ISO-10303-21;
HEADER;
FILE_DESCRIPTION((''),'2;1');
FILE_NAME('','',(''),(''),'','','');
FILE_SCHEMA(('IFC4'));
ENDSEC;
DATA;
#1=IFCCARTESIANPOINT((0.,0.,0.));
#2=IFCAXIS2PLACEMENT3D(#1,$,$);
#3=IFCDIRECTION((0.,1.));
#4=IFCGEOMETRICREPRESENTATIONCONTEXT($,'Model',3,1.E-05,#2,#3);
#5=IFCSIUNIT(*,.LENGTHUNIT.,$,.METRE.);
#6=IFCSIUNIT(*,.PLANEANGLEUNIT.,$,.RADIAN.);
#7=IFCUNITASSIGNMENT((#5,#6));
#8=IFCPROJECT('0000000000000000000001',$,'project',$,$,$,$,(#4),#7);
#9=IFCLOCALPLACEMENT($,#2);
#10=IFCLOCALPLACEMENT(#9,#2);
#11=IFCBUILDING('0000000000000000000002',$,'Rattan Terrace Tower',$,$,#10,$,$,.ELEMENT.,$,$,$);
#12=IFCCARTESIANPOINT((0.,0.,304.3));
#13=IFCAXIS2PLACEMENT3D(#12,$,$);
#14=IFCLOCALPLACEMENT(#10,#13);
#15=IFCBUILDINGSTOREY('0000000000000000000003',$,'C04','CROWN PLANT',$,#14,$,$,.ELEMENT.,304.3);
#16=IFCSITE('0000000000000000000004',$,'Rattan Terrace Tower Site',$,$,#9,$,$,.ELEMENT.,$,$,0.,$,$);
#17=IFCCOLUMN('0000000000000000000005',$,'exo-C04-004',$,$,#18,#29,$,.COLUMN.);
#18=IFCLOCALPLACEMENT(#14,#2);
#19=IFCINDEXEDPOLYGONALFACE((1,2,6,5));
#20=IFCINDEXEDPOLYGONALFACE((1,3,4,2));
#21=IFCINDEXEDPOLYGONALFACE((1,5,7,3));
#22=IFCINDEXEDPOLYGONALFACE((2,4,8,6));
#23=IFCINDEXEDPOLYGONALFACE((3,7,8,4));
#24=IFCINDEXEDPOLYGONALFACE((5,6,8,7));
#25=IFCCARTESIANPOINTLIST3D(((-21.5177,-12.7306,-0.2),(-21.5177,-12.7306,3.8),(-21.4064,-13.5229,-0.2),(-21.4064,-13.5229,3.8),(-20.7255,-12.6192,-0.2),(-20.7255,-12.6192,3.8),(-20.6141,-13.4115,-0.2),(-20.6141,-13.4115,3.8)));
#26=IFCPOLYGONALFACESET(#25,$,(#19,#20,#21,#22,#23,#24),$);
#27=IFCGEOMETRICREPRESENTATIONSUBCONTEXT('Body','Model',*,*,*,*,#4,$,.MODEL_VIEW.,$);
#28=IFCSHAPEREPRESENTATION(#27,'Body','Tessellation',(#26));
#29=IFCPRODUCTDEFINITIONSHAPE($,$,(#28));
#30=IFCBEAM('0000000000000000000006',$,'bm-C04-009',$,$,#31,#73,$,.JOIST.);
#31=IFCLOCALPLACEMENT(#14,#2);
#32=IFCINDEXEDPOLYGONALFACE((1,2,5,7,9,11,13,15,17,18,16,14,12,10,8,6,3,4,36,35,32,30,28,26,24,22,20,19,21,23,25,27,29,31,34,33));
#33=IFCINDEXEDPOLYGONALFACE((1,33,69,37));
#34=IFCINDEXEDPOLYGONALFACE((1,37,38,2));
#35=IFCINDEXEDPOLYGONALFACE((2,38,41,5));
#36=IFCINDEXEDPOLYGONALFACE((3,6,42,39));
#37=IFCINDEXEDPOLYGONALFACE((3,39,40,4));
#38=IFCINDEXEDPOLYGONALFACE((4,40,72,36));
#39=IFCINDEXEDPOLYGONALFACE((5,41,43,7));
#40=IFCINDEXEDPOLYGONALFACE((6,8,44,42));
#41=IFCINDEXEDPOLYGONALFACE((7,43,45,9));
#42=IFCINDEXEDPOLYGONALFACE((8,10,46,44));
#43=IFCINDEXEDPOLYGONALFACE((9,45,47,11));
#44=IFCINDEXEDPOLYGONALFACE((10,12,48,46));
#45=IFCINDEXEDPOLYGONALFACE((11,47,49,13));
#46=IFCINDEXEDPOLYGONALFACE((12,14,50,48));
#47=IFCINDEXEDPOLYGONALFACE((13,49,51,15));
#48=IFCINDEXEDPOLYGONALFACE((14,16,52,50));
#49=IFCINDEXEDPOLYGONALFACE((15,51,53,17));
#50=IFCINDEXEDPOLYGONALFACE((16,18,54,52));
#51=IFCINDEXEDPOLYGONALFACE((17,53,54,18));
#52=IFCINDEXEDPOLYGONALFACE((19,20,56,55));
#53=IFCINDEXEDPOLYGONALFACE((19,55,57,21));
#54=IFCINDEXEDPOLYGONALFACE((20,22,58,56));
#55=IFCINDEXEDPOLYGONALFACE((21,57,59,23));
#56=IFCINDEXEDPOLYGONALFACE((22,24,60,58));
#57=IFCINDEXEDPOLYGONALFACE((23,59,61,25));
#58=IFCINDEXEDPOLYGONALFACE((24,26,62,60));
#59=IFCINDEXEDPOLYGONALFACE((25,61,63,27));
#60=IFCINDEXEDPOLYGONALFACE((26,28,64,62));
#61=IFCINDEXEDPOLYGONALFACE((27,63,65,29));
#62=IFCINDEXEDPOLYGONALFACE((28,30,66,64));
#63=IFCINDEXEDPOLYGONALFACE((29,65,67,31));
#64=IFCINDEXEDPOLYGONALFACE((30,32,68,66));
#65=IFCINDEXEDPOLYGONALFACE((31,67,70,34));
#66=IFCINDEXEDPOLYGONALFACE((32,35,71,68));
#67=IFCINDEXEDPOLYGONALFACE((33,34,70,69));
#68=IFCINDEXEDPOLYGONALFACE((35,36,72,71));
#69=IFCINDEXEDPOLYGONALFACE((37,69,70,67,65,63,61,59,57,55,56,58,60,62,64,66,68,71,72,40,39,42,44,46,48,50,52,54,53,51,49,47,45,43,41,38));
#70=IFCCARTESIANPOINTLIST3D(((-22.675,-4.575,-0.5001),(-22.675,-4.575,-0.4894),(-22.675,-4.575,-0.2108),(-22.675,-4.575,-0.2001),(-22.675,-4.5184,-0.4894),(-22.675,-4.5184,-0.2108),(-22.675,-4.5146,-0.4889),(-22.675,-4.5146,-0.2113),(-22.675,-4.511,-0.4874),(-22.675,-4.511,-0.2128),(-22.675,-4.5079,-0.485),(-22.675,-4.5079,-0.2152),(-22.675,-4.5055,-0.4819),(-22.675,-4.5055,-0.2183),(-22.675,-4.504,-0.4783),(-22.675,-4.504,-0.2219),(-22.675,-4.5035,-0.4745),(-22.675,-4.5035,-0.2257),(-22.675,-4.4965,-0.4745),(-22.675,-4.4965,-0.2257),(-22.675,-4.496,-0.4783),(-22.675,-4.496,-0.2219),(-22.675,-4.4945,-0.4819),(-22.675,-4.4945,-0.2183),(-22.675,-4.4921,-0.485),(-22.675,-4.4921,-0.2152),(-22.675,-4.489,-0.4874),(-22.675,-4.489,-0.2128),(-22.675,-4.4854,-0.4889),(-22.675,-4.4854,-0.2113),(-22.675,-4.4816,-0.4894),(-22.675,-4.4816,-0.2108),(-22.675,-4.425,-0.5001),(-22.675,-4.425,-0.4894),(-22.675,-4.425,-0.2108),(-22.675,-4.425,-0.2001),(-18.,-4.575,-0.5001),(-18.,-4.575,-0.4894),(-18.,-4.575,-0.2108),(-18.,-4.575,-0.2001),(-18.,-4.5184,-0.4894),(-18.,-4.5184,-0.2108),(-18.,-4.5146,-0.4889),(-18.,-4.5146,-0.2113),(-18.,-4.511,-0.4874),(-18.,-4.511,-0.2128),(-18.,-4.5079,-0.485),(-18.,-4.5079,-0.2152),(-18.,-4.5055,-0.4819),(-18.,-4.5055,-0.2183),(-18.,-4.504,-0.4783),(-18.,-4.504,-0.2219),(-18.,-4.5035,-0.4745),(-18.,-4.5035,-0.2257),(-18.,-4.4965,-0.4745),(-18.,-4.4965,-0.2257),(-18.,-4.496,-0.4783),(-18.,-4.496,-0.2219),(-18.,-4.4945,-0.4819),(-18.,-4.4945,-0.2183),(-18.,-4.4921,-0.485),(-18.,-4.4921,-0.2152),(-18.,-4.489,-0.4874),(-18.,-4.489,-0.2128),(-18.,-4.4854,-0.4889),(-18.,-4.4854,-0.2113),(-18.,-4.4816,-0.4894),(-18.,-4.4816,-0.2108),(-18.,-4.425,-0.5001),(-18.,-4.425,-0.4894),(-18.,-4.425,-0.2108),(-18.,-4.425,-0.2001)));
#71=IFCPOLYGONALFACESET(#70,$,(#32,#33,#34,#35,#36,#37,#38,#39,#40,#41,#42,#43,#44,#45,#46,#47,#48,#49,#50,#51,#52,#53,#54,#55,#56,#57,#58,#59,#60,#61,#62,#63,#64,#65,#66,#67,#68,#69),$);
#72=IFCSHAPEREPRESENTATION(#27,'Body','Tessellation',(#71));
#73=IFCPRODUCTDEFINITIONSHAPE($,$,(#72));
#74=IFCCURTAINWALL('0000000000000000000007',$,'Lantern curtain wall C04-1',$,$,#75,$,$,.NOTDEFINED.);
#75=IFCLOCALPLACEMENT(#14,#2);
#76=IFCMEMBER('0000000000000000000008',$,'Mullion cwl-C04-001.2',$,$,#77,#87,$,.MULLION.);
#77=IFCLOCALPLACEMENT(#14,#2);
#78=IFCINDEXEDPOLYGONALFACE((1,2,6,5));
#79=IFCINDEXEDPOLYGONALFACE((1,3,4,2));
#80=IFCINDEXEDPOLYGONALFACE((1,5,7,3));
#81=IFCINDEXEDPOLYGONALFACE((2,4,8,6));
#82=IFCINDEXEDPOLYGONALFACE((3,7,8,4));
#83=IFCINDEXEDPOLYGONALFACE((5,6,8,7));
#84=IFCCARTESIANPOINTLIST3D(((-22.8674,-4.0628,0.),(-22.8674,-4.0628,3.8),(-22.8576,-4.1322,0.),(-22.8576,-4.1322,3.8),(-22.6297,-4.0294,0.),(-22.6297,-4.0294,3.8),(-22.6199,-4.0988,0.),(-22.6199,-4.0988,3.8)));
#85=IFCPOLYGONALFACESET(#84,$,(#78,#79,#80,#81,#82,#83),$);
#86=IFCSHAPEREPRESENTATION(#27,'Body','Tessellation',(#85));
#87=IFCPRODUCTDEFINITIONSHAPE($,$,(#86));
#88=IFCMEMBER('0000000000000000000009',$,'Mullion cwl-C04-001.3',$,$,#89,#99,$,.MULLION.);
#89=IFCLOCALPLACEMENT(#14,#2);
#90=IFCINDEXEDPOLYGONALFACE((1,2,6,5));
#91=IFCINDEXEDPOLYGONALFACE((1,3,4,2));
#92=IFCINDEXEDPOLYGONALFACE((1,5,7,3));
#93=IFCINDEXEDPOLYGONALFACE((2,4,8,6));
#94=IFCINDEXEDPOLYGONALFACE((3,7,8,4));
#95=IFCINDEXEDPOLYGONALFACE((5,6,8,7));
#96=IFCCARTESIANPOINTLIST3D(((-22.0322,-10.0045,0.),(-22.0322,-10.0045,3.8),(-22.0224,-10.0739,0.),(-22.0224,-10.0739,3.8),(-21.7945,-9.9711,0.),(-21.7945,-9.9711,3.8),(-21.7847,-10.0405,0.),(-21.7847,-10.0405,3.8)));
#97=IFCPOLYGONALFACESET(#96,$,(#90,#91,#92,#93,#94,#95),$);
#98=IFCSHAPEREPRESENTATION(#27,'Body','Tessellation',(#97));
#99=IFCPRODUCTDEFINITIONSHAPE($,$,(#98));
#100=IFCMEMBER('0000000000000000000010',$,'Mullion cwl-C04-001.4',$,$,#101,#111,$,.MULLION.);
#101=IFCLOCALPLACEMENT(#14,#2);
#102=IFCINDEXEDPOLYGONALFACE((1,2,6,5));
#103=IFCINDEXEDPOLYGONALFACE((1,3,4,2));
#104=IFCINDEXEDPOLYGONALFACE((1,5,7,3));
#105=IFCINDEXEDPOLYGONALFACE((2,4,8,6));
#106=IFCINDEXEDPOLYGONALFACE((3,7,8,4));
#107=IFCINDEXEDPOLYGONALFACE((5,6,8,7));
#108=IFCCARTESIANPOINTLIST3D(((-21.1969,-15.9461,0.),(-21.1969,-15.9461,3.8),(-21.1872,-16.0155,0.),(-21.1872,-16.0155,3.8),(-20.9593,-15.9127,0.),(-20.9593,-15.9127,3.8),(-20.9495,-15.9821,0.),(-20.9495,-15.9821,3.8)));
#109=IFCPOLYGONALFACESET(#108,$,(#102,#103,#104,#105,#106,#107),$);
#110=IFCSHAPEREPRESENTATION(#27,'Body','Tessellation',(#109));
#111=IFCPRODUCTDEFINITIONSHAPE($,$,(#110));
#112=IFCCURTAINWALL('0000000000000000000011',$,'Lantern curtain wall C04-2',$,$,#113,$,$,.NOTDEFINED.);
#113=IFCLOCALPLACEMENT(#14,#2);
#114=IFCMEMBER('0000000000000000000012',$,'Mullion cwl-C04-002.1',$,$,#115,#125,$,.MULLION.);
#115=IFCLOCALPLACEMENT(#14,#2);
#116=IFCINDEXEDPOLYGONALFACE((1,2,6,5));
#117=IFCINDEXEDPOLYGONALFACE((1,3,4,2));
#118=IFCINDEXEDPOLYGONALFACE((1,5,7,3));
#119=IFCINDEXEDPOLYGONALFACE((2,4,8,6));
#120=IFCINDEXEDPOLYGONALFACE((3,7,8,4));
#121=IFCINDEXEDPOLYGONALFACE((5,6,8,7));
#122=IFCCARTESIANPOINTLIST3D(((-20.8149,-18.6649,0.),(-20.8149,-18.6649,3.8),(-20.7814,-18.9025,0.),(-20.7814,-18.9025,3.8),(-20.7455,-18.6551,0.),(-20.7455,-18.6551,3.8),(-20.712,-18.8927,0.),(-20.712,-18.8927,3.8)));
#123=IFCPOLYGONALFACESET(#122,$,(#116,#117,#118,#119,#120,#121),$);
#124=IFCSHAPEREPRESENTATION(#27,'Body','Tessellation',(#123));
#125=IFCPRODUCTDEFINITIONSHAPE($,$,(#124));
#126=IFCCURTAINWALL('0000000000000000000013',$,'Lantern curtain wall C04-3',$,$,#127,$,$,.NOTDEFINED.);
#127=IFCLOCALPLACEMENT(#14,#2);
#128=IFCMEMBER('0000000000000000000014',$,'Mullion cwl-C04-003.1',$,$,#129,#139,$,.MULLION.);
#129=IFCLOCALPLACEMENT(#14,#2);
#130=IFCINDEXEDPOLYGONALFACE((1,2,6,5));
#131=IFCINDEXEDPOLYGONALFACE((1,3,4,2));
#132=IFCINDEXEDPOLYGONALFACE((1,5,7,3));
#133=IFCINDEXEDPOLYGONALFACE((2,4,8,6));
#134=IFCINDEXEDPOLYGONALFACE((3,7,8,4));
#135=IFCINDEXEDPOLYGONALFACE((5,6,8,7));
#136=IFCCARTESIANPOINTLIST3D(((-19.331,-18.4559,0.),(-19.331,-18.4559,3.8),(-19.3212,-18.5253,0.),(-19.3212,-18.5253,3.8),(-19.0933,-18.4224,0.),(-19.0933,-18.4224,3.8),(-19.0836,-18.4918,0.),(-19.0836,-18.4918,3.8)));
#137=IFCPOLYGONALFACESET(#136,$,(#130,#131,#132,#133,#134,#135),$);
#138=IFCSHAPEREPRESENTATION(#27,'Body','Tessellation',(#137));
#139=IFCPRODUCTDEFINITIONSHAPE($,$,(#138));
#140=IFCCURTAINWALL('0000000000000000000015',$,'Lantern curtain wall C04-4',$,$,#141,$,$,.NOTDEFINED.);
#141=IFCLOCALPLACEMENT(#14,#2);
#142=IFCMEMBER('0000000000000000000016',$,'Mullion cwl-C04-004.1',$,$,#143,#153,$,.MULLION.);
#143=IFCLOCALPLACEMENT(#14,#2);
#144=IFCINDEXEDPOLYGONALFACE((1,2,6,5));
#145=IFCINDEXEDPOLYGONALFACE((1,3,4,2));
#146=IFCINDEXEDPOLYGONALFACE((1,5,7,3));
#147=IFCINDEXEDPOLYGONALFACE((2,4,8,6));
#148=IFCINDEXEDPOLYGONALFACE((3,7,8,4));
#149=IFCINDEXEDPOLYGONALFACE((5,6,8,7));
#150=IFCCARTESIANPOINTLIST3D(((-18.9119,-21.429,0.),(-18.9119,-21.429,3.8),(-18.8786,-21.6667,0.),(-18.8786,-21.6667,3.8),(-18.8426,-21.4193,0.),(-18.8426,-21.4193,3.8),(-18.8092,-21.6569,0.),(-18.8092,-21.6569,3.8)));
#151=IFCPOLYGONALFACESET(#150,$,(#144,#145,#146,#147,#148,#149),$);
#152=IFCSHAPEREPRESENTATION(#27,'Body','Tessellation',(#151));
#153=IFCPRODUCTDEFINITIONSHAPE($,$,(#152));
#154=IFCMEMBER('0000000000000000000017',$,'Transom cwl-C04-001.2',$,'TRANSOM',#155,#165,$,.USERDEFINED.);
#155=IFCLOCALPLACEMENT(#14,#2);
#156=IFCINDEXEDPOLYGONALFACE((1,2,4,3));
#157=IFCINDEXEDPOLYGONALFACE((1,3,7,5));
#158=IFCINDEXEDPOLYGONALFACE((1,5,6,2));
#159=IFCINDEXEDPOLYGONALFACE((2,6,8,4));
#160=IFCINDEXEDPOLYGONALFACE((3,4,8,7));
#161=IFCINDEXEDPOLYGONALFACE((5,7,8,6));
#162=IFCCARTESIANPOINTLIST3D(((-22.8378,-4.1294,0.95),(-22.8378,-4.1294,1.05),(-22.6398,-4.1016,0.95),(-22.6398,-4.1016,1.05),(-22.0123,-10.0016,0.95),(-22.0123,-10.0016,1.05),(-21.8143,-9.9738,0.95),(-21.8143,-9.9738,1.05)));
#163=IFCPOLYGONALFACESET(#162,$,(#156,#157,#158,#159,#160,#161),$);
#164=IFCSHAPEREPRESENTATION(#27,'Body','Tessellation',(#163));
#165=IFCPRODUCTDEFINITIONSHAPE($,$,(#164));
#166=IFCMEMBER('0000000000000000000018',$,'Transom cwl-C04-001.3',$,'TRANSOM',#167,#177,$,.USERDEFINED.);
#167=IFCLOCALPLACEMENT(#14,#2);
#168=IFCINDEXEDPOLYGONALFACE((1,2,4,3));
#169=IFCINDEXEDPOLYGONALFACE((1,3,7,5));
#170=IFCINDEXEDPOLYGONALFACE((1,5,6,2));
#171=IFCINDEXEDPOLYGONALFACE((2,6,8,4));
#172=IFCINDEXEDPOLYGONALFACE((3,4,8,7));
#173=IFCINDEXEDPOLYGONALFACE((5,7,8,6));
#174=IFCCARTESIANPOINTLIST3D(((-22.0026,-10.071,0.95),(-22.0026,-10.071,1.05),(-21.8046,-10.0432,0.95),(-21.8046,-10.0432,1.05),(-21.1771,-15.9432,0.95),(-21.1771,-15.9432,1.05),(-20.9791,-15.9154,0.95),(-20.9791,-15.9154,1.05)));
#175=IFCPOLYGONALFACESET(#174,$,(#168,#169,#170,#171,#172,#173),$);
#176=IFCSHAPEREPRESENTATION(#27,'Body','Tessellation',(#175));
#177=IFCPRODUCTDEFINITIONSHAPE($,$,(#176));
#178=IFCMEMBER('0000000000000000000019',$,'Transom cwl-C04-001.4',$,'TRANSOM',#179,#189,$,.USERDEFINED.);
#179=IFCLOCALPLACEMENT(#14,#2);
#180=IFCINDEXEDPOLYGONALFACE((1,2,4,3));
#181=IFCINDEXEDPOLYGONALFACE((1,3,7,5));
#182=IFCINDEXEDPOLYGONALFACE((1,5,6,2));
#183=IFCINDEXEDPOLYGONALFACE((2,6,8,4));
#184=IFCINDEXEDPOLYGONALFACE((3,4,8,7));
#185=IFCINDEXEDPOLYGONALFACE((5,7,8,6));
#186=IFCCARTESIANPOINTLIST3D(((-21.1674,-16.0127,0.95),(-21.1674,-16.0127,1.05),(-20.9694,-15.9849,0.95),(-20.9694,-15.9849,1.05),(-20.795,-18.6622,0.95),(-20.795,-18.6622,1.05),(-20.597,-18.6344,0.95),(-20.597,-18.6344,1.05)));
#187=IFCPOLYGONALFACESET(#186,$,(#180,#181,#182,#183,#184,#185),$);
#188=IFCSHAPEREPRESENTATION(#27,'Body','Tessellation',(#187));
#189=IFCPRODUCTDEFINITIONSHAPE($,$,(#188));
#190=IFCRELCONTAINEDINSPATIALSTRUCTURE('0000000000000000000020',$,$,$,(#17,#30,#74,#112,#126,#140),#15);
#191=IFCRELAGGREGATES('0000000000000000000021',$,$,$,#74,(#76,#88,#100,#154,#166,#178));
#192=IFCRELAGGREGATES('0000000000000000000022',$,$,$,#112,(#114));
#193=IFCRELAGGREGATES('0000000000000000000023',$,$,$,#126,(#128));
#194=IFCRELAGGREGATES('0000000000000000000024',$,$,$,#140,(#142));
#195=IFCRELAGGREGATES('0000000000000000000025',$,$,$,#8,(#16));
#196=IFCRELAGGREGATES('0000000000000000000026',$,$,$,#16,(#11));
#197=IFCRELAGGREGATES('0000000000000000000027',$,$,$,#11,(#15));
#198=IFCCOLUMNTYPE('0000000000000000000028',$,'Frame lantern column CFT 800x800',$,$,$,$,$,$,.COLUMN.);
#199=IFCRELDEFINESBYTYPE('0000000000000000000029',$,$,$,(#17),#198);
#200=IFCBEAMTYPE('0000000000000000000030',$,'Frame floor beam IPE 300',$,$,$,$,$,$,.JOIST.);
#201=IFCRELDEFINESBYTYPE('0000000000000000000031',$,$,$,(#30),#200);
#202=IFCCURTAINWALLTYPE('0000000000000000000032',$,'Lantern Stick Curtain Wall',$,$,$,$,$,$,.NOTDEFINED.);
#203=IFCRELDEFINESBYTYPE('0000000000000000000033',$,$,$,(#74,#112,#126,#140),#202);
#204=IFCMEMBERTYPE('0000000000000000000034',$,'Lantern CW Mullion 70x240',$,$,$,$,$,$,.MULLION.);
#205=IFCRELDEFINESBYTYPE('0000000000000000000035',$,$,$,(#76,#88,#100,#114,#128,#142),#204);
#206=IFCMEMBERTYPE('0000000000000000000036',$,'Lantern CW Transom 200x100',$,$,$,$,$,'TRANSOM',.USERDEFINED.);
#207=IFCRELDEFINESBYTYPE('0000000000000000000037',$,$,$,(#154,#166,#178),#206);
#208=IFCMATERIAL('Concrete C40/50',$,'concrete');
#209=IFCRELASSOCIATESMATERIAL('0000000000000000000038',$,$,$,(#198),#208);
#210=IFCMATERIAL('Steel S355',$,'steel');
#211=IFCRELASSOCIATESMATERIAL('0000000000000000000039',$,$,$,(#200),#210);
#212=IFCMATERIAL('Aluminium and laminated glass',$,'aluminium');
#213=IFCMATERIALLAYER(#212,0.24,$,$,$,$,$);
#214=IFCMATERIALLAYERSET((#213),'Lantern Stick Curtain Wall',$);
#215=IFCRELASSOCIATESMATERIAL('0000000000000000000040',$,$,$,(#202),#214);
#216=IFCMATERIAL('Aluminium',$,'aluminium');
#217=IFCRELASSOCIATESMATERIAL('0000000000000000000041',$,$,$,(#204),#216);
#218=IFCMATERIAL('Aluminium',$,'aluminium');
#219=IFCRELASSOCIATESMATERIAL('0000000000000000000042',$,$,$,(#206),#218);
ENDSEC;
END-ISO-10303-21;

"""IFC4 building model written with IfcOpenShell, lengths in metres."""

from ifc_helpers import new_model, si_unit, direction, frame, origin, origin_2d, place, context, subcontext, project, spatial, rectangle, i_section, extrude, material, layer, layer_set, material_profile, profile_set, type_object, element, aggregate, save


model = new_model("IFC4")

# Units and contexts
model_context = context("Model", 3, precision=1e-05, world=origin(), true_north=direction((0.0, 1.0)))
body_context = subcontext(model_context, "Body", "Model", "MODEL_VIEW")
ifc_project = project(units=[si_unit("LENGTHUNIT", "METRE"), si_unit("PLANEANGLEUNIT", "RADIAN")], contexts=[model_context])

# Site, building, storey
site_placement = place(None, origin())
site = spatial("IfcSite", under=ifc_project, at=site_placement, Name="Rattan Terrace Tower Site", CompositionType="ELEMENT", RefElevation=0.0)
building_placement = place(site_placement, origin())
building = spatial("IfcBuilding", under=site, at=building_placement, Name="Rattan Terrace Tower", CompositionType="ELEMENT")
storey_placement = place(building_placement, frame((0.0, 0.0, 304.3)))
storey = spatial("IfcBuildingStorey", under=building, at=storey_placement, Name="C04", Description="CROWN PLANT", CompositionType="ELEMENT", Elevation=304.3)

# Column
ifc_material_1 = material(Name="Concrete C40/50", Category="concrete")
ifc_material_profile_1 = material_profile(ifc_material_1, rectangle(XDim=0.8, YDim=0.8, at=origin_2d()), Name="CFT 800x800")
ifc_profile_set_1 = profile_set([ifc_material_profile_1], Name="Concrete C40/50")
column_type = type_object("IfcColumnType", Name="Frame lantern column CFT 800x800", PredefinedType="COLUMN", material=ifc_profile_set_1)
column_placement = place(storey_placement, frame((-21.0659, -13.071, -0.2), z_axis=(0.0, 0.0, 1.0), x_axis=(-0.13919, 0.990266, 0.0)))
element("IfcColumn", 1, at=column_placement, inside=storey, type_object=column_type, Name="exo-C04-004", PredefinedType="COLUMN", context=body_context, shape_type="SweptSolid", body=[
    extrude(rectangle(XDim=0.8, YDim=0.8, at=origin_2d()), origin(), (0.0, 0.0, 1.0), 4.0),
])

# Beam
ifc_material_2 = material(Name="Steel S355", Category="steel")
ifc_material_profile_2 = material_profile(ifc_material_2, i_section(OverallWidth=0.1499, OverallDepth=0.3, WebThickness=0.0071, FlangeThickness=0.0107, FilletRadius=0.0149, at=origin_2d()), Name="IPE 300")
ifc_profile_set_2 = profile_set([ifc_material_profile_2], Name="Steel S355")
beam_type = type_object("IfcBeamType", Name="Frame floor beam IPE 300", PredefinedType="JOIST", material=ifc_profile_set_2)
beam_placement = place(storey_placement, frame((-22.675, -4.5, -0.3501), z_axis=(1.0, 0.0, 0.0), x_axis=(0.0, 1.0, 0.0)))
element("IfcBeam", 2, at=beam_placement, inside=storey, type_object=beam_type, Name="bm-C04-009", PredefinedType="JOIST", context=body_context, shape_type="SweptSolid", body=[
    extrude(i_section(OverallWidth=0.1499, OverallDepth=0.3, WebThickness=0.0071, FlangeThickness=0.0107, FilletRadius=0.0149, at=origin_2d()), origin(), (0.0, 0.0, 1.0), 4.675),
])

# Curtain wall, members
ifc_material_3 = material(Name="Aluminium and laminated glass", Category="aluminium")
ifc_layer_1 = layer(ifc_material_3, 0.24)
ifc_layer_set_1 = layer_set([ifc_layer_1], Name="Lantern Stick Curtain Wall")
curtain_wall_type = type_object("IfcCurtainWallType", Name="Lantern Stick Curtain Wall", PredefinedType="NOTDEFINED", material=ifc_layer_set_1)
curtain_wall_1_placement = place(storey_placement, origin())
curtain_wall_1 = element("IfcCurtainWall", 3, at=curtain_wall_1_placement, inside=storey, type_object=curtain_wall_type, Name="Lantern curtain wall C04-1", PredefinedType="NOTDEFINED")
ifc_material_4 = material(Name="Aluminium", Category="aluminium")
ifc_material_profile_3 = material_profile(ifc_material_4, rectangle(XDim=0.0701, YDim=0.24, at=origin_2d()), Name="Aluminium 70x240")
ifc_profile_set_3 = profile_set([ifc_material_profile_3], Name="Aluminium")
member_type_1 = type_object("IfcMemberType", Name="Lantern CW Mullion 70x240", PredefinedType="MULLION", material=ifc_profile_set_3)
member_1_placement = place(storey_placement, frame((-22.7437, -4.0808, 0.0), z_axis=(0.0, 0.0, 1.0), x_axis=(0.139188, -0.990266, 0.0)))
member_1 = element("IfcMember", 4, at=member_1_placement, type_object=member_type_1, Name="Mullion cwl-C04-001.2", PredefinedType="MULLION", context=body_context, shape_type="SweptSolid", body=[
    extrude(rectangle(XDim=0.0701, YDim=0.24, at=origin_2d()), origin(), (0.0, 0.0, 1.0), 3.8),
])
member_2_placement = place(storey_placement, frame((-21.9084, -10.0225, 0.0), z_axis=(0.0, 0.0, 1.0), x_axis=(0.139188, -0.990266, 0.0)))
member_2 = element("IfcMember", 5, at=member_2_placement, type_object=member_type_1, Name="Mullion cwl-C04-001.3", PredefinedType="MULLION", context=body_context, shape_type="SweptSolid", body=[
    extrude(rectangle(XDim=0.0701, YDim=0.24, at=origin_2d()), origin(), (0.0, 0.0, 1.0), 3.8),
])
member_3_placement = place(storey_placement, frame((-21.0732, -15.9641, 0.0), z_axis=(0.0, 0.0, 1.0), x_axis=(0.139188, -0.990266, 0.0)))
member_3 = element("IfcMember", 6, at=member_3_placement, type_object=member_type_1, Name="Mullion cwl-C04-001.4", PredefinedType="MULLION", context=body_context, shape_type="SweptSolid", body=[
    extrude(rectangle(XDim=0.0701, YDim=0.24, at=origin_2d()), origin(), (0.0, 0.0, 1.0), 3.8),
])

# Curtain walls, members
curtain_wall_2_placement = place(storey_placement, origin())
curtain_wall_2 = element("IfcCurtainWall", 7, at=curtain_wall_2_placement, inside=storey, type_object=curtain_wall_type, Name="Lantern curtain wall C04-2", PredefinedType="NOTDEFINED")
member_4_placement = place(storey_placement, frame((-20.7634, -18.7788, 0.0), z_axis=(0.0, 0.0, 1.0), x_axis=(0.990228, 0.139459, 0.0)))
member_4 = element("IfcMember", 8, at=member_4_placement, type_object=member_type_1, Name="Mullion cwl-C04-002.1", PredefinedType="MULLION", context=body_context, shape_type="SweptSolid", body=[
    extrude(rectangle(XDim=0.0701, YDim=0.24, at=origin_2d()), origin(), (0.0, 0.0, 1.0), 3.8),
])
curtain_wall_3_placement = place(storey_placement, origin())
curtain_wall_3 = element("IfcCurtainWall", 9, at=curtain_wall_3_placement, inside=storey, type_object=curtain_wall_type, Name="Lantern curtain wall C04-3", PredefinedType="NOTDEFINED")
member_5_placement = place(storey_placement, frame((-19.2073, -18.4739, 0.0), z_axis=(0.0, 0.0, 1.0), x_axis=(0.139556, -0.990214, 0.0)))
member_5 = element("IfcMember", 10, at=member_5_placement, type_object=member_type_1, Name="Mullion cwl-C04-003.1", PredefinedType="MULLION", context=body_context, shape_type="SweptSolid", body=[
    extrude(rectangle(XDim=0.0701, YDim=0.24, at=origin_2d()), origin(), (0.0, 0.0, 1.0), 3.8),
])
curtain_wall_4_placement = place(storey_placement, origin())
curtain_wall_4 = element("IfcCurtainWall", 11, at=curtain_wall_4_placement, inside=storey, type_object=curtain_wall_type, Name="Lantern curtain wall C04-4", PredefinedType="NOTDEFINED")
member_6_placement = place(storey_placement, frame((-18.8606, -21.543, 0.0), z_axis=(0.0, 0.0, 1.0), x_axis=(0.99032, 0.138805, 0.0)))
member_6 = element("IfcMember", 12, at=member_6_placement, type_object=member_type_1, Name="Mullion cwl-C04-004.1", PredefinedType="MULLION", context=body_context, shape_type="SweptSolid", body=[
    extrude(rectangle(XDim=0.0701, YDim=0.24, at=origin_2d()), origin(), (0.0, 0.0, 1.0), 3.8),
])

# Members
ifc_material_5 = material(Name="Aluminium", Category="aluminium")
ifc_material_profile_4 = material_profile(ifc_material_5, rectangle(XDim=0.2, YDim=0.1001, at=origin_2d()), Name="Aluminium 200x100")
ifc_profile_set_4 = profile_set([ifc_material_profile_4], Name="Aluminium")
member_type_2 = type_object("IfcMemberType", Name="Lantern CW Transom 200x100", ElementType="TRANSOM", PredefinedType="USERDEFINED", material=ifc_profile_set_4)
member_7_placement = place(storey_placement, frame((-22.7388, -4.1155, 1.0), z_axis=(0.139196, -0.990265, 0.0), x_axis=(0.990265, 0.139196, 0.0)))
member_7 = element("IfcMember", 13, at=member_7_placement, type_object=member_type_2, Name="Transom cwl-C04-001.2", ObjectType="TRANSOM", PredefinedType="USERDEFINED", context=body_context, shape_type="SweptSolid", body=[
    extrude(rectangle(XDim=0.2, YDim=0.1001, at=origin_2d()), origin(), (0.0, 0.0, 1.0), 5.9299),
])
member_8_placement = place(storey_placement, frame((-21.9036, -10.0571, 1.0), z_axis=(0.139196, -0.990265, 0.0), x_axis=(0.990265, 0.139196, 0.0)))
member_8 = element("IfcMember", 14, at=member_8_placement, type_object=member_type_2, Name="Transom cwl-C04-001.3", ObjectType="TRANSOM", PredefinedType="USERDEFINED", context=body_context, shape_type="SweptSolid", body=[
    extrude(rectangle(XDim=0.2, YDim=0.1001, at=origin_2d()), origin(), (0.0, 0.0, 1.0), 5.9299),
])
member_9_placement = place(storey_placement, frame((-21.0684, -15.9988, 1.0), z_axis=(0.13916, -0.99027, 0.0), x_axis=(0.99027, 0.13916, 0.0)))
member_9 = element("IfcMember", 15, at=member_9_placement, type_object=member_type_2, Name="Transom cwl-C04-001.4", ObjectType="TRANSOM", PredefinedType="USERDEFINED", context=body_context, shape_type="SweptSolid", body=[
    extrude(rectangle(XDim=0.2, YDim=0.1001, at=origin_2d()), origin(), (0.0, 0.0, 1.0), 2.6755),
])

aggregate(curtain_wall_1, [member_1, member_2, member_3, member_7, member_8, member_9])
aggregate(curtain_wall_2, [member_4])
aggregate(curtain_wall_3, [member_5])
aggregate(curtain_wall_4, [member_6])

save(model, "model.ifc")
